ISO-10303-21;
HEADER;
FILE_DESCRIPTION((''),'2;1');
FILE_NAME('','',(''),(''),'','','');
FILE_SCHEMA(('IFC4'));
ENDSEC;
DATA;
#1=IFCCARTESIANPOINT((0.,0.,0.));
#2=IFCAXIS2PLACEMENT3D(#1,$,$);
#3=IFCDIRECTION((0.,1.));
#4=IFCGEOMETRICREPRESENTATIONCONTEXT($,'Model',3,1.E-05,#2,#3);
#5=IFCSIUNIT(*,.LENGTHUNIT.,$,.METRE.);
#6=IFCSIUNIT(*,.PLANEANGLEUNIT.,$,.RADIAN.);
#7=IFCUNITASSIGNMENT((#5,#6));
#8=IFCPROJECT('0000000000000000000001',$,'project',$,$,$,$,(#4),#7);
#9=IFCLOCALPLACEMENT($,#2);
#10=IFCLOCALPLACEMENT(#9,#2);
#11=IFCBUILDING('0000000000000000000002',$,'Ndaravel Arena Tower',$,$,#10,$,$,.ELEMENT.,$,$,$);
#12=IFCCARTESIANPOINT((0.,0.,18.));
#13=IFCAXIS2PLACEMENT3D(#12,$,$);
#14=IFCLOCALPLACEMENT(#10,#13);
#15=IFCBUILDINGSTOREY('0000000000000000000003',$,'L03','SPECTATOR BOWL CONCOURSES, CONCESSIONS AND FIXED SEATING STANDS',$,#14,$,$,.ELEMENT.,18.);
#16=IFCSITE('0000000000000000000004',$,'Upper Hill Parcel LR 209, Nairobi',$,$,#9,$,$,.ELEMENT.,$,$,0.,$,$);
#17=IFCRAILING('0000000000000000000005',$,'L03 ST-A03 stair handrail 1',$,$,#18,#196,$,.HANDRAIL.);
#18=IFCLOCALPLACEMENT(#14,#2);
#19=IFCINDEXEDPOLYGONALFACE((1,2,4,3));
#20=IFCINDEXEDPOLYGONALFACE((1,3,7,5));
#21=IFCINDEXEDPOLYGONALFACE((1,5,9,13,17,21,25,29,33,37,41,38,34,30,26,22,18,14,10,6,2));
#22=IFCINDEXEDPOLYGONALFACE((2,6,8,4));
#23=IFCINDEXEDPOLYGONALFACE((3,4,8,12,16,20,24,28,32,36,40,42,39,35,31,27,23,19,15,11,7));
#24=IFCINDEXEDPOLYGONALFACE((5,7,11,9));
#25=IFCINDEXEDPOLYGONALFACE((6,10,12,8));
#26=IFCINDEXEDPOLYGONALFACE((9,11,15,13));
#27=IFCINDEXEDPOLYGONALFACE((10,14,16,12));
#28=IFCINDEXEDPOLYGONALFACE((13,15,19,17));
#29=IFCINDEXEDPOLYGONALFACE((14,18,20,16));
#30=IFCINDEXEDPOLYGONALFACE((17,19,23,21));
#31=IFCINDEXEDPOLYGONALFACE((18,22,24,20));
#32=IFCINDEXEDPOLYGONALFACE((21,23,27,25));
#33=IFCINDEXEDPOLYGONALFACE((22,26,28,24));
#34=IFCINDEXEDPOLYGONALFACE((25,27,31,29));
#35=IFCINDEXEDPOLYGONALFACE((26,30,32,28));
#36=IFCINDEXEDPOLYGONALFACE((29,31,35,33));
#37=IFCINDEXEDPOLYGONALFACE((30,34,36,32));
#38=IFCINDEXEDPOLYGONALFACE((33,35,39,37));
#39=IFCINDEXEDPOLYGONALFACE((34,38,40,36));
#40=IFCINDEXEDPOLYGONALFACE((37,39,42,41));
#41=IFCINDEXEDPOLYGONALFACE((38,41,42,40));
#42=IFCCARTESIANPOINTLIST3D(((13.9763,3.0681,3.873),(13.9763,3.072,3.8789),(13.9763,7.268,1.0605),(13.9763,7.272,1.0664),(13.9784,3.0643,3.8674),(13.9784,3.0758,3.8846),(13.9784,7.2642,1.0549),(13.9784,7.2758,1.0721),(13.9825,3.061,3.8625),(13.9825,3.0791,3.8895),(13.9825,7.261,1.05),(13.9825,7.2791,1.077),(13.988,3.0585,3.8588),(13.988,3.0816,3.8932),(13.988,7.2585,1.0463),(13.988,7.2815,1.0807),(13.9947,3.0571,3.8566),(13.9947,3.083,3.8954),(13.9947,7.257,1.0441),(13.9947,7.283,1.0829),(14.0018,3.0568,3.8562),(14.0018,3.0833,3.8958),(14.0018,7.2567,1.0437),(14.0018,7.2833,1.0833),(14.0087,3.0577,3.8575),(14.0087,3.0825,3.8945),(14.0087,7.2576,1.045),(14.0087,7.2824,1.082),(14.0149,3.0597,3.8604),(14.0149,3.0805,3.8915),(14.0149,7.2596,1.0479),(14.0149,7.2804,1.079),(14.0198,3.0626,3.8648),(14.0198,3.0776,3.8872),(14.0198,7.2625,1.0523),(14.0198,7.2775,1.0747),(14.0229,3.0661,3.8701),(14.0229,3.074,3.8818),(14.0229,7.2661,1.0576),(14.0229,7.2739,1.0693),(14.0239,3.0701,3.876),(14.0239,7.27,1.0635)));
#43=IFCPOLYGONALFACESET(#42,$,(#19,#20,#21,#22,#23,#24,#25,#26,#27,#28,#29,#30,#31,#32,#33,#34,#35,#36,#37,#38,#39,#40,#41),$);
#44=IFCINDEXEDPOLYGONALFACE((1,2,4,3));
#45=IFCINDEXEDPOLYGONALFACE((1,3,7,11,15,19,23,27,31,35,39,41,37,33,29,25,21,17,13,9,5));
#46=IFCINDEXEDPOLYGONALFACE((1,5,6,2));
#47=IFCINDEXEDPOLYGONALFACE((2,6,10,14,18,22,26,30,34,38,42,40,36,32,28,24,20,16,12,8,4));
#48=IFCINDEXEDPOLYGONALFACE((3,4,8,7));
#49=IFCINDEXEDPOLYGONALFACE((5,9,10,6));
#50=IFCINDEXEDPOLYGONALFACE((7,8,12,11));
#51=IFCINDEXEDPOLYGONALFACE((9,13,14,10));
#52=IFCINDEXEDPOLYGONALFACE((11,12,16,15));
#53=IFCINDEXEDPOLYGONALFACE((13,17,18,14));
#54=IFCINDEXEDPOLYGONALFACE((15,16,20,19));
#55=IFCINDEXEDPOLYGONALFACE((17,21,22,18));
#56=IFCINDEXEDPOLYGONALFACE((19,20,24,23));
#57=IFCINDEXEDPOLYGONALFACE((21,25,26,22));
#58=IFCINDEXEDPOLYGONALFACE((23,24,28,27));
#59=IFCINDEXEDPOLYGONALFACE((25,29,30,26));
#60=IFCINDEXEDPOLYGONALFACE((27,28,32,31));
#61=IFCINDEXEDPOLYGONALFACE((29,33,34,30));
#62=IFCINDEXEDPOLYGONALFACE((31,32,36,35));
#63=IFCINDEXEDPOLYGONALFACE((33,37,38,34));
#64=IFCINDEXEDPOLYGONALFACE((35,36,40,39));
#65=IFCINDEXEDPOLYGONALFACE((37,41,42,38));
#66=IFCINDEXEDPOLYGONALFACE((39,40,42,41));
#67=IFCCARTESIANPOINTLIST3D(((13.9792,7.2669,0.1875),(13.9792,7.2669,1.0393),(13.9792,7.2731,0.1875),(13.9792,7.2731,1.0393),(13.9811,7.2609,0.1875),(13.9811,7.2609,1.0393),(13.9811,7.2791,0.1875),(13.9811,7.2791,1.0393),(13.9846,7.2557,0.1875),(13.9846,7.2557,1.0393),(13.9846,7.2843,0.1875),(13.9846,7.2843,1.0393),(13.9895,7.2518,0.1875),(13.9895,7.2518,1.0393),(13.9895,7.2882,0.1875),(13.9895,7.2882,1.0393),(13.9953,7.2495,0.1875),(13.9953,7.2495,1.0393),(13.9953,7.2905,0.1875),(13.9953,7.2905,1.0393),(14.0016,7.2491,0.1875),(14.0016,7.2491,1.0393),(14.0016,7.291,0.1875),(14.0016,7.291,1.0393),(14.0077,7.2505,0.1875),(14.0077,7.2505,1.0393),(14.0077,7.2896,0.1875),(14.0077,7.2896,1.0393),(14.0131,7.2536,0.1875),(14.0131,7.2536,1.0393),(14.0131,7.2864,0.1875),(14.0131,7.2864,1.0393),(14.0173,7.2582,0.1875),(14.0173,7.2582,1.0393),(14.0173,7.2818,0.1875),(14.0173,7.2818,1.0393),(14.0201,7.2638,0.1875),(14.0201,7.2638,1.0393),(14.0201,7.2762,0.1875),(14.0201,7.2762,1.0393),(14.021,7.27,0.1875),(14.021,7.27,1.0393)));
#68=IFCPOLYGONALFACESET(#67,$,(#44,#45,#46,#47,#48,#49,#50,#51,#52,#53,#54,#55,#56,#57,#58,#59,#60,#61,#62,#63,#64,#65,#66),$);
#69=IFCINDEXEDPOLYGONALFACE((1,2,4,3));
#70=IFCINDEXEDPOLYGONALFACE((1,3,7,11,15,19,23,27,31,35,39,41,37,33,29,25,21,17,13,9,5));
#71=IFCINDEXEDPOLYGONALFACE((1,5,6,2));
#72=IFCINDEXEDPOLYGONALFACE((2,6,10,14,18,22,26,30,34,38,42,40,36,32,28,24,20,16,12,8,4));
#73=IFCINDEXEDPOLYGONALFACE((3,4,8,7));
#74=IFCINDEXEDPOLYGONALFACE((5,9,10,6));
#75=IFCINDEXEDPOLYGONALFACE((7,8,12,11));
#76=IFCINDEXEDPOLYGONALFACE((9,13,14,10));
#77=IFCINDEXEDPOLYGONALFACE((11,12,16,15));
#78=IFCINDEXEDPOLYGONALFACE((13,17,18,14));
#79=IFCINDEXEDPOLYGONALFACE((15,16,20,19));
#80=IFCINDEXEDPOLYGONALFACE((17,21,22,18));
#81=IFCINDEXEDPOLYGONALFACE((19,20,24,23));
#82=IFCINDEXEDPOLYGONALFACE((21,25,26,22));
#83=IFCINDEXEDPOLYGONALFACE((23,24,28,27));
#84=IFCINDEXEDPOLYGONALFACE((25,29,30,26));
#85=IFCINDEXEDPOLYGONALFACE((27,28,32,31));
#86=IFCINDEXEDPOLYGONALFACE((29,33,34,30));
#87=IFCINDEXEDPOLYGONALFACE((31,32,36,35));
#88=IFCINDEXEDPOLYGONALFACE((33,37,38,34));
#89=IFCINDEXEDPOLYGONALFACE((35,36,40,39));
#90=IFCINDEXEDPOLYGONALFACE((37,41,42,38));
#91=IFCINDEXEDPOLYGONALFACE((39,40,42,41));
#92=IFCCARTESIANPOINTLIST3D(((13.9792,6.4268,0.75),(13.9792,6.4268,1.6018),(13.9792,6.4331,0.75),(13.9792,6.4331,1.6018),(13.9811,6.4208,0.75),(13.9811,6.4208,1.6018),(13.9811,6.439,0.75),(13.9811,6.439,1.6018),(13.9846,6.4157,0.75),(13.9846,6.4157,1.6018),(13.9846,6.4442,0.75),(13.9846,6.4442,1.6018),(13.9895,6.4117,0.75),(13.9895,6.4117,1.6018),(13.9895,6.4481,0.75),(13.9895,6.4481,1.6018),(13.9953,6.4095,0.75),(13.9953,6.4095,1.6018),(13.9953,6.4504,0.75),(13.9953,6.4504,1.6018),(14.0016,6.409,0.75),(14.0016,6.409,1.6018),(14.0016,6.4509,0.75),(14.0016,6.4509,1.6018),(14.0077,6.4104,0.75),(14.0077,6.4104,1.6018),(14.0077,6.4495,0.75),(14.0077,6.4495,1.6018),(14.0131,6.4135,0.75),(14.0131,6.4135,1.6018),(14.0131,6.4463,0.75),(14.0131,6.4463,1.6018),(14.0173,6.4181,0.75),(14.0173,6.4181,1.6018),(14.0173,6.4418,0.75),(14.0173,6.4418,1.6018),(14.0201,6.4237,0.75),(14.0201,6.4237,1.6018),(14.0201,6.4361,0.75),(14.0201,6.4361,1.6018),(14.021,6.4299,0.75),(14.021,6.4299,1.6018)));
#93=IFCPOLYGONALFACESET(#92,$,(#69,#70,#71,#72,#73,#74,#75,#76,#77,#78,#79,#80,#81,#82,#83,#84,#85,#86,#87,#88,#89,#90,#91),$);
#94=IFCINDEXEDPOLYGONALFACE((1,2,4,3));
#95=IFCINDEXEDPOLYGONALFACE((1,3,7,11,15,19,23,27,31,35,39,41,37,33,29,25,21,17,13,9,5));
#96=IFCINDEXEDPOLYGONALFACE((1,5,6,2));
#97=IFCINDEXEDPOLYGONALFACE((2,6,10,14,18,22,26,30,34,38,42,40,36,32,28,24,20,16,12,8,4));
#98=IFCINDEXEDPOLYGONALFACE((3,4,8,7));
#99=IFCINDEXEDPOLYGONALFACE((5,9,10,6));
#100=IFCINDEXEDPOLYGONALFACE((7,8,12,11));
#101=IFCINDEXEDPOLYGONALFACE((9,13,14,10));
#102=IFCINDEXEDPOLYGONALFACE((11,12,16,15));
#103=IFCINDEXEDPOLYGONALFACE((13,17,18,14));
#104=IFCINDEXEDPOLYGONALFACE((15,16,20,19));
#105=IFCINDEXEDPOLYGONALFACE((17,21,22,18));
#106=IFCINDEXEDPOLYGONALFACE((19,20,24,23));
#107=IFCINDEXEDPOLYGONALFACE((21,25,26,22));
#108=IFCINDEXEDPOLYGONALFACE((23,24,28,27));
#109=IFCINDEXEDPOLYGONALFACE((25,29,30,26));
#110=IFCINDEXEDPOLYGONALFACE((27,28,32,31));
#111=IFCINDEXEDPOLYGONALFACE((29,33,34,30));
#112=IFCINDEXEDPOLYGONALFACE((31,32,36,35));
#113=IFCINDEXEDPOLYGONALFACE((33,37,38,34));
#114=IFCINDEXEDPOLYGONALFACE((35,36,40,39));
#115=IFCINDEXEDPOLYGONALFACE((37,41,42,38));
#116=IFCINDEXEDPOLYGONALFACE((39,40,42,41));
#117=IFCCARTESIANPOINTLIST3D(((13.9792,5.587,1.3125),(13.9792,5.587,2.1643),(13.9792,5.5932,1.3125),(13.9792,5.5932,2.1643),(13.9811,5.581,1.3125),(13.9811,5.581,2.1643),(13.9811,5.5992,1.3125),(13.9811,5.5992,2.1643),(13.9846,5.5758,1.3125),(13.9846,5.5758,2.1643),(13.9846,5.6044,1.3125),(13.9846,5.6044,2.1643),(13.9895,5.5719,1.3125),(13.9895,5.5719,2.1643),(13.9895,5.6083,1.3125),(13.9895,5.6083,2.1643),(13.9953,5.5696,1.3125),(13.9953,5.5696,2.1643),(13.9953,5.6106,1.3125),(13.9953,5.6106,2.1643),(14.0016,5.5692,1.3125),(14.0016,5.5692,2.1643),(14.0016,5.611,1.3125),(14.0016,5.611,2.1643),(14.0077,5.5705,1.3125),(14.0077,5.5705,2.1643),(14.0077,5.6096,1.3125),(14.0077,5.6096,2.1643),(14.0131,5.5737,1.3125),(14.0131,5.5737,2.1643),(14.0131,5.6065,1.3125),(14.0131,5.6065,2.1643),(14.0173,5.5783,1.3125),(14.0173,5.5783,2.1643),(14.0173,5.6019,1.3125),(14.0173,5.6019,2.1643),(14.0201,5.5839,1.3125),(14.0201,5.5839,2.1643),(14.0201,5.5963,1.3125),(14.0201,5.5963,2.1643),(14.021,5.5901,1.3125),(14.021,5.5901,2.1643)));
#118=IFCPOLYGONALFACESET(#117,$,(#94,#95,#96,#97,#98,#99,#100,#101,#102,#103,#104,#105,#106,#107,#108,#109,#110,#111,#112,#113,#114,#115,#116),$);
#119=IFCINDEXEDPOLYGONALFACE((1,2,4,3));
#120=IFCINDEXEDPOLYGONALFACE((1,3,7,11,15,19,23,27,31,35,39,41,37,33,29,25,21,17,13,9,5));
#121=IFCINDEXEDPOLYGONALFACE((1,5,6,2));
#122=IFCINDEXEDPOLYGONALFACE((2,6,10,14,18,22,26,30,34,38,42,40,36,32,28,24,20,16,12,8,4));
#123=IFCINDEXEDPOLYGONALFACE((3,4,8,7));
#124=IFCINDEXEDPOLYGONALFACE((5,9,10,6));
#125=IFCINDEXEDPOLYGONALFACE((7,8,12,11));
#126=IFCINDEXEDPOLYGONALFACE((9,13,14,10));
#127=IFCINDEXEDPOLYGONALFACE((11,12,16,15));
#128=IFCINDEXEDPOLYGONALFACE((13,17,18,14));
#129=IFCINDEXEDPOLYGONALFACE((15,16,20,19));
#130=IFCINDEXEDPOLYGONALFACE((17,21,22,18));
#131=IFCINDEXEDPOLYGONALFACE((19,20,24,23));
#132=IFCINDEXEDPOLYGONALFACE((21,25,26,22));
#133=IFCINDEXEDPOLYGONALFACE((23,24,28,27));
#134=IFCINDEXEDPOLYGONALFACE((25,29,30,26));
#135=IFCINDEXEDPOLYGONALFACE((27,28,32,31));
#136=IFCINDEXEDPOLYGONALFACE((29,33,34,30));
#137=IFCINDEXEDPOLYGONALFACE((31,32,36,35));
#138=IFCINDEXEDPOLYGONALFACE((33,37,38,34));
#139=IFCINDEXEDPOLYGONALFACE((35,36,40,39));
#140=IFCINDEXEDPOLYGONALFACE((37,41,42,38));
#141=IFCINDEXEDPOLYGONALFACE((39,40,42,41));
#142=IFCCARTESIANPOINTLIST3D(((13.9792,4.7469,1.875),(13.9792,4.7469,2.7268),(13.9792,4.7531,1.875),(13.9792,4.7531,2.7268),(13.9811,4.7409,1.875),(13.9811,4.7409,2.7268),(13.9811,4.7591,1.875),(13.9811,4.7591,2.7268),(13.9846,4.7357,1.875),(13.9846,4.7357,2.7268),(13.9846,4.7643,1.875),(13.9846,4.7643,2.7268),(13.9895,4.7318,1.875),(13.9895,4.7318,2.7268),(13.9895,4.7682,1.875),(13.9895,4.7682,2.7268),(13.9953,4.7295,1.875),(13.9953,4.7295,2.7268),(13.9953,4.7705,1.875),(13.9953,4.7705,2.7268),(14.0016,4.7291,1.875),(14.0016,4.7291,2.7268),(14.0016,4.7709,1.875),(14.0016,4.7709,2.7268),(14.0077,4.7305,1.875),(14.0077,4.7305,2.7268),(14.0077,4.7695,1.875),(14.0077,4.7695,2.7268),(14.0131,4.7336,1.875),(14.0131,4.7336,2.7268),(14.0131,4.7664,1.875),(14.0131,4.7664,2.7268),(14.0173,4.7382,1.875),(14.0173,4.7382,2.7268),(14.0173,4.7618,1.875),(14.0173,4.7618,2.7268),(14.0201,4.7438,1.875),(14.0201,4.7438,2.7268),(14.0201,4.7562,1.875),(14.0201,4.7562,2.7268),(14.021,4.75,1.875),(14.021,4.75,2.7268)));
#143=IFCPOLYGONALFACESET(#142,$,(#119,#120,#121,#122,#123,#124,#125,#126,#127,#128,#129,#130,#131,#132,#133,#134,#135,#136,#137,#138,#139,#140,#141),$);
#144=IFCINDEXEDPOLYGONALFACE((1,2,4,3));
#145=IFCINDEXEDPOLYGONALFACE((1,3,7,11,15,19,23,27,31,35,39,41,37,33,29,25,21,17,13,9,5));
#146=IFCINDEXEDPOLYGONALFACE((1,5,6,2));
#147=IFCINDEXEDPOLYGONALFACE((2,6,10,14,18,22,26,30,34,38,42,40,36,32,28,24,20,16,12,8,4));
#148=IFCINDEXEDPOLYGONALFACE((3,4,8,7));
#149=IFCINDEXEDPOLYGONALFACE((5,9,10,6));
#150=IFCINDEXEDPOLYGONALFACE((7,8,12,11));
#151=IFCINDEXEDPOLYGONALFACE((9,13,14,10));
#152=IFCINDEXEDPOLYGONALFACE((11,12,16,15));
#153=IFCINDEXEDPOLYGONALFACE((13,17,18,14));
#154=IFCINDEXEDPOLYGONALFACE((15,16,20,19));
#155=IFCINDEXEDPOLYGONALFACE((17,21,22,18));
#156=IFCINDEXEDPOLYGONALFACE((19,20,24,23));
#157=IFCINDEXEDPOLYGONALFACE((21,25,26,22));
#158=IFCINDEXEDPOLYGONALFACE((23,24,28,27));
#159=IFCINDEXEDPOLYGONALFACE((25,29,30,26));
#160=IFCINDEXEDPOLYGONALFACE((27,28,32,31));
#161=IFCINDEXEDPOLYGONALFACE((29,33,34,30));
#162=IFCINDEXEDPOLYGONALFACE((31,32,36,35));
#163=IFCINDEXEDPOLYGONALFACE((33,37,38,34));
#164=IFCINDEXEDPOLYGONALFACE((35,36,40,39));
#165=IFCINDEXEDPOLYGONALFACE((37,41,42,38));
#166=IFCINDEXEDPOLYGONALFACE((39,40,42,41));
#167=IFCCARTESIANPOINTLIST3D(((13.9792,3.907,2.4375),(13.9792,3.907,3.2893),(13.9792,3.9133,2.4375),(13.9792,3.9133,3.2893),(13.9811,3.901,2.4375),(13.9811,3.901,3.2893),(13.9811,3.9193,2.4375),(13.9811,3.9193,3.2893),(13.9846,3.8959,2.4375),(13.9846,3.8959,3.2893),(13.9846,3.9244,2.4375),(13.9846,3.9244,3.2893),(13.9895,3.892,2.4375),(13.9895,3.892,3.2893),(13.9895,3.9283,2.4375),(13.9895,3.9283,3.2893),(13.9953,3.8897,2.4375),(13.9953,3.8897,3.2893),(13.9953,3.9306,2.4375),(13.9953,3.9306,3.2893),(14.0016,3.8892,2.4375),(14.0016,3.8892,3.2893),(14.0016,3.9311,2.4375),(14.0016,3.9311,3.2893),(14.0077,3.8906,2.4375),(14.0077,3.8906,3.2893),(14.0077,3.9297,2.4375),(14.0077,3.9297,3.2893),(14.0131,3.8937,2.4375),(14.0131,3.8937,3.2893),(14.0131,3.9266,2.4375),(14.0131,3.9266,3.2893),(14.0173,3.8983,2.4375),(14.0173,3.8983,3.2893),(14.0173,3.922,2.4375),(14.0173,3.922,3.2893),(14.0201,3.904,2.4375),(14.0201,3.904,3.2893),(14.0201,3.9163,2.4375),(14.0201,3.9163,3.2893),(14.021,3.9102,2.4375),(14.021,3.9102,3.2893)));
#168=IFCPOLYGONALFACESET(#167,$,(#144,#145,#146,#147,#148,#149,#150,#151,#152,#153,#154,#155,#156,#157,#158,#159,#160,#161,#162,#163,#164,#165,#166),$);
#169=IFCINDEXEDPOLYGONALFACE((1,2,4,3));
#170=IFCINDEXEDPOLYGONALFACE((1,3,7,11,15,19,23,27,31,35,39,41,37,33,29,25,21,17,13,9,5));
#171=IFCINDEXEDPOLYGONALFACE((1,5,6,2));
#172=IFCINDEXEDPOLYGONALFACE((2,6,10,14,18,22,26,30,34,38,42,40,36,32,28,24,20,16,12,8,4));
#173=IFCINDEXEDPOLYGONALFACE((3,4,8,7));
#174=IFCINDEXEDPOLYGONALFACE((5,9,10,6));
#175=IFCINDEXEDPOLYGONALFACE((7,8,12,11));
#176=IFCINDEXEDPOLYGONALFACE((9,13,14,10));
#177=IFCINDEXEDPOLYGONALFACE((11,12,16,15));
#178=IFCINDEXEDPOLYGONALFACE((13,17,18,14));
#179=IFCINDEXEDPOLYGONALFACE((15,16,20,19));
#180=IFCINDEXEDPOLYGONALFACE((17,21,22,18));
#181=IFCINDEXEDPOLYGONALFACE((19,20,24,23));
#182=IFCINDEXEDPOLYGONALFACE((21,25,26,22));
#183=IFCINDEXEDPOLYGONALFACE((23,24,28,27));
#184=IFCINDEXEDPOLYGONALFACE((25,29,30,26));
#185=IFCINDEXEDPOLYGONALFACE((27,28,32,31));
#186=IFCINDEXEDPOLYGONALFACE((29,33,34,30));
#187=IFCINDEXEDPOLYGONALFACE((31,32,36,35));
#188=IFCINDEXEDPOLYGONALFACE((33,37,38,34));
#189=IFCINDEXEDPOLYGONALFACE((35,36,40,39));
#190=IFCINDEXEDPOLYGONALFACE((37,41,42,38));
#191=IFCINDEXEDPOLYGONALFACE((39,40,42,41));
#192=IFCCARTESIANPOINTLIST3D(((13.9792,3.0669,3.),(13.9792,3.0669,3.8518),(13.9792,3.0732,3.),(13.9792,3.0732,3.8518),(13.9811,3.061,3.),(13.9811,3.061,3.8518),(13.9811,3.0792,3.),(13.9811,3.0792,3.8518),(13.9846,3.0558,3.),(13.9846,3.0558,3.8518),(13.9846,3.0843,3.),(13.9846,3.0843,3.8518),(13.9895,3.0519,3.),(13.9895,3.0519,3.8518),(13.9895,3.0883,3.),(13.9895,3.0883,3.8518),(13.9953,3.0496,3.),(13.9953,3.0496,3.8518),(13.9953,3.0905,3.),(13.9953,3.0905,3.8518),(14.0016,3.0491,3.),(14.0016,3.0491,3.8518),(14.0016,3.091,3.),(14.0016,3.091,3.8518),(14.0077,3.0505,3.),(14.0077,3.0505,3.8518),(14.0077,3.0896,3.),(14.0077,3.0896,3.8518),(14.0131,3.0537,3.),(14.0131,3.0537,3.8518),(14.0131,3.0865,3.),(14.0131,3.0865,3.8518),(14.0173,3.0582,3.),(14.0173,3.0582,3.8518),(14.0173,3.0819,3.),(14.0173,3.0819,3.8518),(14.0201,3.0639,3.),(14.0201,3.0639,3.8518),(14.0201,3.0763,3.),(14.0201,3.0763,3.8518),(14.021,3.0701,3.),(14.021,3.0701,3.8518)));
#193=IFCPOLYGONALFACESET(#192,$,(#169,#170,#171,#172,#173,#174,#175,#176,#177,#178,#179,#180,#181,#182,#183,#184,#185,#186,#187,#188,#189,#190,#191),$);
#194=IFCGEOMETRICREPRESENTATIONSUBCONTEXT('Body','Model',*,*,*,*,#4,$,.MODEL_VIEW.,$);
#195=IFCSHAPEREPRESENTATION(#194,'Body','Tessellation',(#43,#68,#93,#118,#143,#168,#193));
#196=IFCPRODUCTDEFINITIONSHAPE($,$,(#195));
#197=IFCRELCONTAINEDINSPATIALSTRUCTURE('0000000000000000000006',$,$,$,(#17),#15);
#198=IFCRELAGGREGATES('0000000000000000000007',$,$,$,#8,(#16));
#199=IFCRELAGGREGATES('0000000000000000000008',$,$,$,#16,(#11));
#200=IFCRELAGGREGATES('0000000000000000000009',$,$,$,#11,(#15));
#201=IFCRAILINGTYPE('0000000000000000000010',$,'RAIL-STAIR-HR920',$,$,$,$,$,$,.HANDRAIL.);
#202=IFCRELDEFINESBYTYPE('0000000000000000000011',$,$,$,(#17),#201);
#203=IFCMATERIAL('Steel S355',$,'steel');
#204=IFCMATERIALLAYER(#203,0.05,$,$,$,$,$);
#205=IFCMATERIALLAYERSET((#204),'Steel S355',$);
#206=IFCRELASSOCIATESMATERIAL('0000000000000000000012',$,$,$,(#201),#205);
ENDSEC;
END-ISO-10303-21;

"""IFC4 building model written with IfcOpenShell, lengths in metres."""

from ifc_helpers import new_model, si_unit, direction, frame, origin, origin_2d, place, context, subcontext, project, spatial, circle, extrude, material, layer, layer_set, type_object, element, save


model = new_model("IFC4")

# Units and contexts
model_context = context("Model", 3, precision=1e-05, world=origin(), true_north=direction((0.0, 1.0)))
body_context = subcontext(model_context, "Body", "Model", "MODEL_VIEW")
ifc_project = project(units=[si_unit("LENGTHUNIT", "METRE"), si_unit("PLANEANGLEUNIT", "RADIAN")], contexts=[model_context])

# Site, building, storey
site_placement = place(None, origin())
site = spatial("IfcSite", under=ifc_project, at=site_placement, Name="Upper Hill Parcel LR 209, Nairobi", CompositionType="ELEMENT", RefElevation=0.0)
building_placement = place(site_placement, origin())
building = spatial("IfcBuilding", under=site, at=building_placement, Name="Ndaravel Arena Tower", CompositionType="ELEMENT")
storey_placement = place(building_placement, frame((0.0, 0.0, 18.0)))
storey = spatial("IfcBuildingStorey", under=building, at=storey_placement, Name="L03", Description="SPECTATOR BOWL CONCOURSES, CONCESSIONS AND FIXED SEATING STANDS", CompositionType="ELEMENT", Elevation=18.0)

# Railing
ifc_material_1 = material(Name="Steel S355", Category="steel")
ifc_layer_1 = layer(ifc_material_1, 0.05)
ifc_layer_set_1 = layer_set([ifc_layer_1], Name="Steel S355")
railing_type_1 = type_object("IfcRailingType", Name="RAIL-STAIR-HR920", PredefinedType="HANDRAIL", material=ifc_layer_set_1)
railing_1_placement = place(storey_placement, frame((14.0, 7.27, 0.1875)))
element("IfcRailing", 1, at=railing_1_placement, inside=storey, type_object=railing_type_1, Name="L03 ST-A03 stair handrail 1", PredefinedType="HANDRAIL", context=body_context, shape_type="SweptSolid", body=[
    extrude(circle(Radius=0.0239, at=origin_2d()), frame((0.0, 0.0, 0.876), z_axis=(0.0, -0.830904, 0.556416), x_axis=(1.0, 0.0, 0.0)), (0.0, 0.0, 1.0), 5.0547),
    extrude(circle(Radius=0.021, at=origin_2d()), origin(), (0.0, 0.0, 1.0), 0.8518),
    extrude(circle(Radius=0.021, at=origin_2d()), frame((0.0, -0.8401, 0.5625)), (0.0, 0.0, 1.0), 0.8518),
    extrude(circle(Radius=0.021, at=origin_2d()), frame((0.0, -1.6799, 1.125)), (0.0, 0.0, 1.0), 0.8518),
    extrude(circle(Radius=0.021, at=origin_2d()), frame((0.0, -2.52, 1.6875)), (0.0, 0.0, 1.0), 0.8518),
    extrude(circle(Radius=0.021, at=origin_2d()), frame((0.0, -3.3599, 2.25)), (0.0, 0.0, 1.0), 0.8518),
    extrude(circle(Radius=0.021, at=origin_2d()), frame((0.0, -4.2, 2.8125)), (0.0, 0.0, 1.0), 0.8518),
])

save(model, "model.ifc")
